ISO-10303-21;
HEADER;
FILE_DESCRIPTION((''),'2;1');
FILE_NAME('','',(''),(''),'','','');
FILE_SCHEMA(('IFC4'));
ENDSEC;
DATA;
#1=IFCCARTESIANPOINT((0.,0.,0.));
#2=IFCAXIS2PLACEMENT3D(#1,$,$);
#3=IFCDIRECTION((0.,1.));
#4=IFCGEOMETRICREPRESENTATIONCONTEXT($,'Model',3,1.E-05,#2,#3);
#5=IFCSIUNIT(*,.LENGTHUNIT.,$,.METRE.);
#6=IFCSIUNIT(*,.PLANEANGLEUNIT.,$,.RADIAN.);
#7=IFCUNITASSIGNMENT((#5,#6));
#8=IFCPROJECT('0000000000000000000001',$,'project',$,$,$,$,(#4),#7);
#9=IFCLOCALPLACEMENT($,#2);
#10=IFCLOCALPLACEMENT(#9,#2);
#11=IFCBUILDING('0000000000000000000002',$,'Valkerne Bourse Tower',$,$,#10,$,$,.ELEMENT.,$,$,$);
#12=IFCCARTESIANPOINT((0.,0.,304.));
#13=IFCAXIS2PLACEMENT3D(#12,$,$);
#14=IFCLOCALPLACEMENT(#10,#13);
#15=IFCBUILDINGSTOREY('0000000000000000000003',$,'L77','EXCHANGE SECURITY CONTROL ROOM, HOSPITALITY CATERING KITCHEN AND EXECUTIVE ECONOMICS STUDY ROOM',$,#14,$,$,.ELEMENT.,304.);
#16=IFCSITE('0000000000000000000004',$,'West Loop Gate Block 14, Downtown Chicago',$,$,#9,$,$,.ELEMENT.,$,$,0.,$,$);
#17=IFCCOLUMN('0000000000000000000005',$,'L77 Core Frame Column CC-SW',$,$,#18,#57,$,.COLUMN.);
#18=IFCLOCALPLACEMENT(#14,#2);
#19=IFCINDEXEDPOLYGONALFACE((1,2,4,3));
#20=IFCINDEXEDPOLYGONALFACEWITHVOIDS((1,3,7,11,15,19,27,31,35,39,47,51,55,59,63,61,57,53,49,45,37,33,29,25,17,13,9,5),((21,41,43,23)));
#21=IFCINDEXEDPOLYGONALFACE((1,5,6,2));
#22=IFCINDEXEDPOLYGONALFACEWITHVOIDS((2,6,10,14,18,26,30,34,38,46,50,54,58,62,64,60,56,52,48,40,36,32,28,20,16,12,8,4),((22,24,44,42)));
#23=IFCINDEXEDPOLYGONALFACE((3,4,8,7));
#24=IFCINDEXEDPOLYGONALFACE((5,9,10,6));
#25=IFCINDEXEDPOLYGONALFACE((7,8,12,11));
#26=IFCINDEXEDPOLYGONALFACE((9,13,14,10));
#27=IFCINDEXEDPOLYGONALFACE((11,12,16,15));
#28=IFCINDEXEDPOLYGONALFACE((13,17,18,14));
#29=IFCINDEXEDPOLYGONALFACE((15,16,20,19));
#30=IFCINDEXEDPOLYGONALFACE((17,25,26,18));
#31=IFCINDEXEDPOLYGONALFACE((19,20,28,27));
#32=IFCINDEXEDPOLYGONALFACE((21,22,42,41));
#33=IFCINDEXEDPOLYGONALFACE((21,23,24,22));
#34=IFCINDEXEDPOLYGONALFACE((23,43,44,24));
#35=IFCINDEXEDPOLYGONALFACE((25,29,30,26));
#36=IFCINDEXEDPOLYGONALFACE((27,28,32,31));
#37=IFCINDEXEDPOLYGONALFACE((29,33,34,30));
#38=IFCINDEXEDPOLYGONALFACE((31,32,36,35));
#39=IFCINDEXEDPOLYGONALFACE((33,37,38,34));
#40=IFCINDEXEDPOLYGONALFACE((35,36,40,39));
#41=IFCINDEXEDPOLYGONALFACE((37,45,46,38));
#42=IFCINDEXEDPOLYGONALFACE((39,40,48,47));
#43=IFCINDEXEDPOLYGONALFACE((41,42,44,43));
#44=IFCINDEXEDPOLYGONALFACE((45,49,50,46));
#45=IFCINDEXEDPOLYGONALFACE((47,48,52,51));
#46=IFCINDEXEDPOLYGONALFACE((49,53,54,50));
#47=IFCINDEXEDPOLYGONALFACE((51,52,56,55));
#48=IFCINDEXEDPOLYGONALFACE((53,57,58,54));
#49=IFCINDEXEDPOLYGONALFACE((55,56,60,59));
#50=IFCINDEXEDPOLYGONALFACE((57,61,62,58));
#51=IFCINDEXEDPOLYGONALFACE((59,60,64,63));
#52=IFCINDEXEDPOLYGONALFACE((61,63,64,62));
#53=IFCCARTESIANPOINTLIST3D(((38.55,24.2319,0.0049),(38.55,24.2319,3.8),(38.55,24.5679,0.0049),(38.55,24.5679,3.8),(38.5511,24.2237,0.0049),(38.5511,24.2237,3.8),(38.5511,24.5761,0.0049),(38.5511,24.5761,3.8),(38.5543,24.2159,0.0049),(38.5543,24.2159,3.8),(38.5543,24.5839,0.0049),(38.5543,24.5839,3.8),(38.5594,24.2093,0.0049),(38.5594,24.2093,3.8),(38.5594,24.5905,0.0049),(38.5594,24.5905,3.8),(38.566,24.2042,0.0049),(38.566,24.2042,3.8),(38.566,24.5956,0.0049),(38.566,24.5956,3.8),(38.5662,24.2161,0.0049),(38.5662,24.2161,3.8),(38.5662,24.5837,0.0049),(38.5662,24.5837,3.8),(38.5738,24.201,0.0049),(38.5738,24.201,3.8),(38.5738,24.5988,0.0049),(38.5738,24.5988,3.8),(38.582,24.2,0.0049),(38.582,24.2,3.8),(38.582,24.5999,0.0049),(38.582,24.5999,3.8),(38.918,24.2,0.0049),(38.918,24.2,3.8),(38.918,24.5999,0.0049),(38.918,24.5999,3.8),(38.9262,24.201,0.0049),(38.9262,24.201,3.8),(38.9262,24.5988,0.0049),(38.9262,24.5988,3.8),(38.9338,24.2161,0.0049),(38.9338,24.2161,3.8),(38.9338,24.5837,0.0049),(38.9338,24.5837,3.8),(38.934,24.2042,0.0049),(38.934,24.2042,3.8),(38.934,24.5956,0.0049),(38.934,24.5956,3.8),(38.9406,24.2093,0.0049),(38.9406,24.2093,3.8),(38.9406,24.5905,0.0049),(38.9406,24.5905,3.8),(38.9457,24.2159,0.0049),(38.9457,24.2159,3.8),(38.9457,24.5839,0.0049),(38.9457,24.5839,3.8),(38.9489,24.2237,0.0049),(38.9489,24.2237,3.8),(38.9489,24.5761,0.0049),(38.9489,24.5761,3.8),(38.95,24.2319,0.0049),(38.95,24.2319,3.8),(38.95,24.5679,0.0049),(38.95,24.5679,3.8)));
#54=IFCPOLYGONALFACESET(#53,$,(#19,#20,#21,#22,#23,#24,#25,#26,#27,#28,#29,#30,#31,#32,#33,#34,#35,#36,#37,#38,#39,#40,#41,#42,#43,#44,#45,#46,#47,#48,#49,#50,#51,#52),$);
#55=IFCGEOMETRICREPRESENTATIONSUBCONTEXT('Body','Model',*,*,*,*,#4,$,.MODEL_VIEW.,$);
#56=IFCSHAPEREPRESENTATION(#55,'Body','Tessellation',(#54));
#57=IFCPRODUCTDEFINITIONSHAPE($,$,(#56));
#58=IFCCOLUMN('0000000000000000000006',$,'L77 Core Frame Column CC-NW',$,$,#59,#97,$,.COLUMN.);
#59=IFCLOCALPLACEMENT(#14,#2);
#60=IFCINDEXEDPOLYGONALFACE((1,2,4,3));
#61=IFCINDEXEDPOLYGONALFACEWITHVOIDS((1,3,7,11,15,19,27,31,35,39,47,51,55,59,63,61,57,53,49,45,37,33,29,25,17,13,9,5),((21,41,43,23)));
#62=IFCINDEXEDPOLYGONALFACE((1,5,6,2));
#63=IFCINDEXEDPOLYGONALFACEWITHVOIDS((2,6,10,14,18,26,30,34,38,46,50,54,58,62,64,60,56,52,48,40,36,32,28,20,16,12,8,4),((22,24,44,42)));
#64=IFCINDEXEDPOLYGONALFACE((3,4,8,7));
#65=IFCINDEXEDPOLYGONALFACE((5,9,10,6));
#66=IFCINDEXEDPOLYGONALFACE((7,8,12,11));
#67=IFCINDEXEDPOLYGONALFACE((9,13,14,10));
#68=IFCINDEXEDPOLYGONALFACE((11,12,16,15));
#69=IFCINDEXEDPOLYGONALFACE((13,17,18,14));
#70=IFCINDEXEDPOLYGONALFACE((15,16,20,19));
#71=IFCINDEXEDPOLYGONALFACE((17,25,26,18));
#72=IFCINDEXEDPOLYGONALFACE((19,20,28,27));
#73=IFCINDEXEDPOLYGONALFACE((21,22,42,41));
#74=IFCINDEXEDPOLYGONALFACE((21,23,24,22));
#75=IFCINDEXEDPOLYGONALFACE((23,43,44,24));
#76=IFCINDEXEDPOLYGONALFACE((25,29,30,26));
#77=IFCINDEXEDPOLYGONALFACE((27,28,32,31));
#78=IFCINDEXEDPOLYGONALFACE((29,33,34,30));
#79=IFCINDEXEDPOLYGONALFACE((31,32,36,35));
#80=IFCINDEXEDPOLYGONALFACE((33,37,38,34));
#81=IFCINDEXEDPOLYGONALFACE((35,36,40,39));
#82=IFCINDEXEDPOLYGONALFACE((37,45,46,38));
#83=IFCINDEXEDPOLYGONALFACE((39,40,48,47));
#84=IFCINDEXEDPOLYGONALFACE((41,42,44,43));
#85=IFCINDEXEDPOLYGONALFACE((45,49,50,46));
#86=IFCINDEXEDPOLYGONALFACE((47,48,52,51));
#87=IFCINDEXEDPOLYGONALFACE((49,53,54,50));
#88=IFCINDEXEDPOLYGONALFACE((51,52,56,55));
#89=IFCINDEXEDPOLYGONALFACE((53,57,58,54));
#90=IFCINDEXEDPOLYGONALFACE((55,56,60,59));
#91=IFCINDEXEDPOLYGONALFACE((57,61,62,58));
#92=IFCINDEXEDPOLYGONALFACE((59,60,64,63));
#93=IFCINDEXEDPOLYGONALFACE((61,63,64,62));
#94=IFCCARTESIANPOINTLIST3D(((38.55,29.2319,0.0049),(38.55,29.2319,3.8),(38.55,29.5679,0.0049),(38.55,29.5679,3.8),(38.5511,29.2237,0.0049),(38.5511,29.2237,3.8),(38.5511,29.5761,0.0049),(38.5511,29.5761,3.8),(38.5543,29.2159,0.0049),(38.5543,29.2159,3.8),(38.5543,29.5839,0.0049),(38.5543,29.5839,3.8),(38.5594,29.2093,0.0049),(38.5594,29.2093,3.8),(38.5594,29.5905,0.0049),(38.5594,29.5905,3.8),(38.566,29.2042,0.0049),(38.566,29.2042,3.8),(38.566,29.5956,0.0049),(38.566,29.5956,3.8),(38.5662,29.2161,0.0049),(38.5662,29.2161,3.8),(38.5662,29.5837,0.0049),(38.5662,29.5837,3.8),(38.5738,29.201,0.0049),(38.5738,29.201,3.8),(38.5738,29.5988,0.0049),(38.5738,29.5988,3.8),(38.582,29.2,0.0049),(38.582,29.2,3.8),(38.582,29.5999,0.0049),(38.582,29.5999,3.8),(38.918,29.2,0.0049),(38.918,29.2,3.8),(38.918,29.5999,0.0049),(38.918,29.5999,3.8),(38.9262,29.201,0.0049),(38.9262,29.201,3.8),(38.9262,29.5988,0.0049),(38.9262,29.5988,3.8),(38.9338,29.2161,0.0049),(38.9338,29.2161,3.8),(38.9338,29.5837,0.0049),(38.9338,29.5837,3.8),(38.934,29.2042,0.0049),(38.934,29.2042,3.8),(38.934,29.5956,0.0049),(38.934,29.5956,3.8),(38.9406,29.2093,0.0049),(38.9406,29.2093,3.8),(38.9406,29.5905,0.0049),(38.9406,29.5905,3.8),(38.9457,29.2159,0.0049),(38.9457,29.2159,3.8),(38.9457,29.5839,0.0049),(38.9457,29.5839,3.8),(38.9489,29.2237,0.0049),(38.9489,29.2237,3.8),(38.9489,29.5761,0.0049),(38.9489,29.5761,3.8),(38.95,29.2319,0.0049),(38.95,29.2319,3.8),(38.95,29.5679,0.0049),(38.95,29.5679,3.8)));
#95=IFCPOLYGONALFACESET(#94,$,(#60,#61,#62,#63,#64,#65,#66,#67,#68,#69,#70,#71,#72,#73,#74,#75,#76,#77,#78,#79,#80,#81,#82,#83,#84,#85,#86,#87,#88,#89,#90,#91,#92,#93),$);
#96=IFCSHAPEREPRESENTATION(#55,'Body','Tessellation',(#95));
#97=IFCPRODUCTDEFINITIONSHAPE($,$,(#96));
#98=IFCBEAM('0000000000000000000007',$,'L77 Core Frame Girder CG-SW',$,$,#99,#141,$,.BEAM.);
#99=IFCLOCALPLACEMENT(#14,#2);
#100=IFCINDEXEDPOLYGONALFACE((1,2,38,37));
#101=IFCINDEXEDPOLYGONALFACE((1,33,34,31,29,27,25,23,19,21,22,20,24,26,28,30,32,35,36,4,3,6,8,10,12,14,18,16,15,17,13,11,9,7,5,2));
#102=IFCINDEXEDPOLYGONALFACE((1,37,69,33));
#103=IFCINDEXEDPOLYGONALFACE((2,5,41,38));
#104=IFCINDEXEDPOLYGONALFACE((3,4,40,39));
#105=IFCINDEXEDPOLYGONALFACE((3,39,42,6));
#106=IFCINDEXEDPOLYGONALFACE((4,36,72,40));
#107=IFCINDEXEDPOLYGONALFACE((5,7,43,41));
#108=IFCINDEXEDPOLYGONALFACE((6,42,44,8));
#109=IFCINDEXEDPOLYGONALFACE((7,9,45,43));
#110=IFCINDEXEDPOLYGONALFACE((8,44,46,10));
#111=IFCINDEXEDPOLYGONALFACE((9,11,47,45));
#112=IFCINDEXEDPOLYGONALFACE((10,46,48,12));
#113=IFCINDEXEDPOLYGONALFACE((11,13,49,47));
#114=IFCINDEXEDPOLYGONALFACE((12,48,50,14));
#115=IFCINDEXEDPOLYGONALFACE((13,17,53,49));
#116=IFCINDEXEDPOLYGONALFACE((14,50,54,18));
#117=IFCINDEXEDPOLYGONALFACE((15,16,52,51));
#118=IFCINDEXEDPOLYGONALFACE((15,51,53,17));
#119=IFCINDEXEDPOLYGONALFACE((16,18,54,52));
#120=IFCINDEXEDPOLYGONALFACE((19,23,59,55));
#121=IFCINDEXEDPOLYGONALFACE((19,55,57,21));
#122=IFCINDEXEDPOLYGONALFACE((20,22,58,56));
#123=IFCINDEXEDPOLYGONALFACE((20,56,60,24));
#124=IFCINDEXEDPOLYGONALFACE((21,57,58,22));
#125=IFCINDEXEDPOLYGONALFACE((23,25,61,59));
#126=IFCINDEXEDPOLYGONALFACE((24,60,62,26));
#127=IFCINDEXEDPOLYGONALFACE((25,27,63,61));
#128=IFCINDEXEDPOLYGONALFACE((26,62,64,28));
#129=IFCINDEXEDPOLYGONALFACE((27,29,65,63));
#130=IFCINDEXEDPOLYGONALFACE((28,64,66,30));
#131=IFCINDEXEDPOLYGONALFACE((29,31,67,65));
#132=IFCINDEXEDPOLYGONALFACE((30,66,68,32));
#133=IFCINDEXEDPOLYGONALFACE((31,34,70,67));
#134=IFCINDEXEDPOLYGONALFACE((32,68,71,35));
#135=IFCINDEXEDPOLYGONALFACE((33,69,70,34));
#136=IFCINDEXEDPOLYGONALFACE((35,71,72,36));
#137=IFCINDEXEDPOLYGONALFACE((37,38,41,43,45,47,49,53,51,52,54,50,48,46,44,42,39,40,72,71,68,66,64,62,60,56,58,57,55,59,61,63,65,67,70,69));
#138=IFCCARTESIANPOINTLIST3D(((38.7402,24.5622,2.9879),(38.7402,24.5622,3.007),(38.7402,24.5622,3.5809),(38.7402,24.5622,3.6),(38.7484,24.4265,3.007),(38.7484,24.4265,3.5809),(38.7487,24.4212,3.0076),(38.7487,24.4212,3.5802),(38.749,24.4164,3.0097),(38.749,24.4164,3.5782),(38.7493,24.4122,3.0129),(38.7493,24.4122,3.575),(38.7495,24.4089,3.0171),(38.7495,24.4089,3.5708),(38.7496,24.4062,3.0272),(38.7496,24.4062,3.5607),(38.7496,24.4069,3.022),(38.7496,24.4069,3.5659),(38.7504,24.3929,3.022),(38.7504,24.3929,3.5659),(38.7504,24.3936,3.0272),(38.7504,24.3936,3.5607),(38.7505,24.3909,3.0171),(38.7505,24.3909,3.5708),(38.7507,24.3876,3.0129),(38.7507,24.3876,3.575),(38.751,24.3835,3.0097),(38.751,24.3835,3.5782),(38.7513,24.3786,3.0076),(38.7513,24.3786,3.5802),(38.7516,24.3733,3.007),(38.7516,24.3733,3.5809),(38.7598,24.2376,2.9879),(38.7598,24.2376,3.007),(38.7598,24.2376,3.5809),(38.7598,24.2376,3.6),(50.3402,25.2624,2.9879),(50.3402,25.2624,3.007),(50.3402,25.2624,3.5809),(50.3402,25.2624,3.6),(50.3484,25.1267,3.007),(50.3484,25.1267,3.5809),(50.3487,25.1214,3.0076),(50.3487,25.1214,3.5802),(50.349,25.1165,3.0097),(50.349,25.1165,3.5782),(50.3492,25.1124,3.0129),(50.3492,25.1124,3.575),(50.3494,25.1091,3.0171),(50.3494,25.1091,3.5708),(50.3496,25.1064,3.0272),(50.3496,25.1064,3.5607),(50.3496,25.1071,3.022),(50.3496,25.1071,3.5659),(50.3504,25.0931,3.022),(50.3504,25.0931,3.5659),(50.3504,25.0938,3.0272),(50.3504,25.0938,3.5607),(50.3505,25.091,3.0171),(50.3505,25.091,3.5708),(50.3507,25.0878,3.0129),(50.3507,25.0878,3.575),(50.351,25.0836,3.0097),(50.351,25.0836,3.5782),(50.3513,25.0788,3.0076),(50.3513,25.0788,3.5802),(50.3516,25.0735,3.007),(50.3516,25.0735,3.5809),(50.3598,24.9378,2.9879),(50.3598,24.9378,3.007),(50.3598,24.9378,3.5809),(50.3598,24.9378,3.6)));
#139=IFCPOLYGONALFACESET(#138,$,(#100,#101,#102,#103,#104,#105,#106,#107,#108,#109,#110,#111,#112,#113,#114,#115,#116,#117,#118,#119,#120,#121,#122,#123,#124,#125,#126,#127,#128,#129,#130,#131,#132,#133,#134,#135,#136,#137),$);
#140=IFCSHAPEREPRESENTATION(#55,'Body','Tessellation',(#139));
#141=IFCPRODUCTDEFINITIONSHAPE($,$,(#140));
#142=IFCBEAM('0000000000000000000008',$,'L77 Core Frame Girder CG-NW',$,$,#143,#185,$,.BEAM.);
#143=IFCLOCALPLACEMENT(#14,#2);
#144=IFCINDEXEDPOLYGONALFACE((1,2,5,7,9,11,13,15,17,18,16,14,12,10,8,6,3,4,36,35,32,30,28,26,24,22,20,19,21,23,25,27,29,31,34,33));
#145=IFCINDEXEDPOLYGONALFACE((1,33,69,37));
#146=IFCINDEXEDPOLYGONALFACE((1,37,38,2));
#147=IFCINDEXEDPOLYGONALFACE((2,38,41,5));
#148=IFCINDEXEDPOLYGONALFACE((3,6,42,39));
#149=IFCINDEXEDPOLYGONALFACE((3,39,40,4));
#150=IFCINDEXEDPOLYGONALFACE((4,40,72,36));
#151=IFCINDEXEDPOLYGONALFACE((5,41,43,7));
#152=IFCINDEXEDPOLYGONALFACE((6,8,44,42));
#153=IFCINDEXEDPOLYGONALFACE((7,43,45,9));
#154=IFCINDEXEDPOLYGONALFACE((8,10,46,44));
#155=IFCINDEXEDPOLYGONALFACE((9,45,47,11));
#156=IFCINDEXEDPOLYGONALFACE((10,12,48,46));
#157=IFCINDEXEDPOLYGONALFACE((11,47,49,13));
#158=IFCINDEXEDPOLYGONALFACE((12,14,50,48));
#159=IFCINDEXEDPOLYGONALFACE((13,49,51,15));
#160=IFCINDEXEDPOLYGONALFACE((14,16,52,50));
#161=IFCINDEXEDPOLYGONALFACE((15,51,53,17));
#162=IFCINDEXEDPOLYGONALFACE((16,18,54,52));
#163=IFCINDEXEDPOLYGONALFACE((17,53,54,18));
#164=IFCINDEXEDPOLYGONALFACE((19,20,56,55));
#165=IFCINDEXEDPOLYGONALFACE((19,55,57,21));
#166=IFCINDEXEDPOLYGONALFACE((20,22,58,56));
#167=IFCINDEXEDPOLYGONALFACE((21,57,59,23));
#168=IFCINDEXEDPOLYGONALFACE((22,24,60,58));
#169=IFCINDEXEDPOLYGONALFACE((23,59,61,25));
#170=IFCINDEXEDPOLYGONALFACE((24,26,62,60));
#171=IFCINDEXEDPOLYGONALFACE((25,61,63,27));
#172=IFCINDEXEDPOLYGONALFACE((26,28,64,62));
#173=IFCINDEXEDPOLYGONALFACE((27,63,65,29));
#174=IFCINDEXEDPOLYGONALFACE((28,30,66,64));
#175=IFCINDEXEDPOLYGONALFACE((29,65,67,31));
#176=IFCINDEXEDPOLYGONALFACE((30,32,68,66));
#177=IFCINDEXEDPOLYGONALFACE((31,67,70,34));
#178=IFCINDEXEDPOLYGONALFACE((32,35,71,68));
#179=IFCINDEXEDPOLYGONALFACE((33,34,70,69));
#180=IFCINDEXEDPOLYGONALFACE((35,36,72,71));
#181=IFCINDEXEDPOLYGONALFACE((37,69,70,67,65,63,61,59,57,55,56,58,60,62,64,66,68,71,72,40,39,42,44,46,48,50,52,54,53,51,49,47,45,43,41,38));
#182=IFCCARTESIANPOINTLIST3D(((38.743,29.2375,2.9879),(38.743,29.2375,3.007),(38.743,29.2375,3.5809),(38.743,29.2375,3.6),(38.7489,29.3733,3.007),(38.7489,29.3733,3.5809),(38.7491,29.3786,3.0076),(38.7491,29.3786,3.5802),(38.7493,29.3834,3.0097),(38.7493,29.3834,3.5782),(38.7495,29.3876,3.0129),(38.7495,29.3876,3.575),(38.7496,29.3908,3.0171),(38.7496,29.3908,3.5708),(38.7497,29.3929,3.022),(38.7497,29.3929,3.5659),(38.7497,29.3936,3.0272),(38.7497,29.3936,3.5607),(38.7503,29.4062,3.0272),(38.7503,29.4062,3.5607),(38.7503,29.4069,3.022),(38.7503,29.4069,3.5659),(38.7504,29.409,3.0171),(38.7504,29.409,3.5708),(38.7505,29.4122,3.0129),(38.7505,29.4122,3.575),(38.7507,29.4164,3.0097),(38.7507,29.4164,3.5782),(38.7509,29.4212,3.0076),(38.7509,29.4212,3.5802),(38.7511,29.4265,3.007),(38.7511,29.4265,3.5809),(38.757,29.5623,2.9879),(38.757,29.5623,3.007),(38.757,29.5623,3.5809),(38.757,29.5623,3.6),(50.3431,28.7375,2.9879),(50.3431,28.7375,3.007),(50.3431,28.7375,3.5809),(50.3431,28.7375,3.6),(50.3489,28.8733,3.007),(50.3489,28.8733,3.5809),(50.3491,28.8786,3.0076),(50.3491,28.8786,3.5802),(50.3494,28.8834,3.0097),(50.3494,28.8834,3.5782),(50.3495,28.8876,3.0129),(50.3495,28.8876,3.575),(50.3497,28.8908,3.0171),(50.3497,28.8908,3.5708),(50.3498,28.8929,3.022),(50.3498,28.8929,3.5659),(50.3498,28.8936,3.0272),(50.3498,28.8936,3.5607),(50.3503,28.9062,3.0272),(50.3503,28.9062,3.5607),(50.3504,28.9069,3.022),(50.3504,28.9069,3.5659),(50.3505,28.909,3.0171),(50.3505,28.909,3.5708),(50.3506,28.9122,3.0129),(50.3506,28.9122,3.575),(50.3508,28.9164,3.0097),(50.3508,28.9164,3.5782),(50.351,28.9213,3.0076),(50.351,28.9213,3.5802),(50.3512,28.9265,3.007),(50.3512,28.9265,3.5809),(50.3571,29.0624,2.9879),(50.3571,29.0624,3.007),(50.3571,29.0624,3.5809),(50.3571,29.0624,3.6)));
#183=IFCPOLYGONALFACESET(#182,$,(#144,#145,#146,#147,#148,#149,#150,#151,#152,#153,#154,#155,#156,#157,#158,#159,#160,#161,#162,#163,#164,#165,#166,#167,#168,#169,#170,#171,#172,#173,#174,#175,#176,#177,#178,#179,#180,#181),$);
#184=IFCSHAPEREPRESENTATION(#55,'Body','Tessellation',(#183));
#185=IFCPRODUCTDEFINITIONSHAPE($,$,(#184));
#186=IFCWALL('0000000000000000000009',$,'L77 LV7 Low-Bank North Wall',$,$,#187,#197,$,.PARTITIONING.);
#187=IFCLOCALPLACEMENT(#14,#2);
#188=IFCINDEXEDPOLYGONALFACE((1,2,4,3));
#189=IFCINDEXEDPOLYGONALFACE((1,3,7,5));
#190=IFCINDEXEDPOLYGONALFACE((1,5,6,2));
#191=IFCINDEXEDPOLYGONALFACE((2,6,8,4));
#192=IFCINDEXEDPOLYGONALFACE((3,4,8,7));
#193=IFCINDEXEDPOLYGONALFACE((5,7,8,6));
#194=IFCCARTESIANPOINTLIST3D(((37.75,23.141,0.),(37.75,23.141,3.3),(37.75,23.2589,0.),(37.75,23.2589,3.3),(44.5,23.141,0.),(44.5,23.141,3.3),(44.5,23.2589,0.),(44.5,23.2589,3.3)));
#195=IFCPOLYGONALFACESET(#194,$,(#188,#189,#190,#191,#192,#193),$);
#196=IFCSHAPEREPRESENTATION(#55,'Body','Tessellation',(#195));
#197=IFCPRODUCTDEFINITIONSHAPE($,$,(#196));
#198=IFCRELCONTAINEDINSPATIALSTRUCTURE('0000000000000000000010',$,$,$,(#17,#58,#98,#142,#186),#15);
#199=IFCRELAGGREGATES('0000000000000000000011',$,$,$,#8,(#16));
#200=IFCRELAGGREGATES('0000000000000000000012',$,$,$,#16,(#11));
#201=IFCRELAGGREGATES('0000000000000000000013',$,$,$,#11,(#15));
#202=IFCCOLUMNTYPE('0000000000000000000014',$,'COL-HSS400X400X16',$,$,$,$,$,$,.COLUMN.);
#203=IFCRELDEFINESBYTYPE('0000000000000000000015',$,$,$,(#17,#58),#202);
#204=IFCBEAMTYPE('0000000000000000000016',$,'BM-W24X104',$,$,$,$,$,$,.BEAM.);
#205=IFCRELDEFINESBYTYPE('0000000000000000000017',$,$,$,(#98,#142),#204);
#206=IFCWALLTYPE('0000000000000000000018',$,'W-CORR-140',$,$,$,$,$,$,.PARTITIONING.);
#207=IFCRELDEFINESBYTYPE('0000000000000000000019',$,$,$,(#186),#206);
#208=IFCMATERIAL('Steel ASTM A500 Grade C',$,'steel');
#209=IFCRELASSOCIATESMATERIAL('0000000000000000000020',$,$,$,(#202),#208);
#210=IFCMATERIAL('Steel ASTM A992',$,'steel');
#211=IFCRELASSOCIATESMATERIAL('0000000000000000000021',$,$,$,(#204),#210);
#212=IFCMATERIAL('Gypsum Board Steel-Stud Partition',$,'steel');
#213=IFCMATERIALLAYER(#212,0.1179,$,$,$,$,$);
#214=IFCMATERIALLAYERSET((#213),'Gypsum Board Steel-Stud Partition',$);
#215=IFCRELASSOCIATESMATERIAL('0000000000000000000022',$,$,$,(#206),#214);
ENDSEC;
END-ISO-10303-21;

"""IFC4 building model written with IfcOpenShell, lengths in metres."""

from ifc_helpers import new_model, si_unit, direction, frame, frame_2d, origin, origin_2d, place, context, subcontext, project, spatial, rectangle, hollow_rectangle, i_section, extrude, material, layer, layer_set, material_profile, profile_set, type_object, element, save


model = new_model("IFC4")

# Units and contexts
model_context = context("Model", 3, precision=1e-05, world=origin(), true_north=direction((0.0, 1.0)))
body_context = subcontext(model_context, "Body", "Model", "MODEL_VIEW")
ifc_project = project(units=[si_unit("LENGTHUNIT", "METRE"), si_unit("PLANEANGLEUNIT", "RADIAN")], contexts=[model_context])

# Site, building, storey
site_placement = place(None, origin())
site = spatial("IfcSite", under=ifc_project, at=site_placement, Name="West Loop Gate Block 14, Downtown Chicago", CompositionType="ELEMENT", RefElevation=0.0)
building_placement = place(site_placement, origin())
building = spatial("IfcBuilding", under=site, at=building_placement, Name="Valkerne Bourse Tower", CompositionType="ELEMENT")
storey_placement = place(building_placement, frame((0.0, 0.0, 304.0)))
storey = spatial("IfcBuildingStorey", under=building, at=storey_placement, Name="L77", Description="EXCHANGE SECURITY CONTROL ROOM, HOSPITALITY CATERING KITCHEN AND EXECUTIVE ECONOMICS STUDY ROOM", CompositionType="ELEMENT", Elevation=304.0)

# Columns
ifc_material_1 = material(Name="Steel ASTM A500 Grade C", Category="steel")
ifc_material_profile_1 = material_profile(ifc_material_1, hollow_rectangle(XDim=0.3999, YDim=0.3999, WallThickness=0.0161, OuterFilletRadius=0.032, at=origin_2d()), Name="HSS400X400X16")
ifc_profile_set_1 = profile_set([ifc_material_profile_1], Name="Steel ASTM A500 Grade C")
column_type = type_object("IfcColumnType", Name="COL-HSS400X400X16", PredefinedType="COLUMN", material=ifc_profile_set_1)
for number, where, z_axis, x_axis, name in (
    (1, (38.75, 24.3999, 0.0049), (0.0, 0.0, 1.0), (1.0, 0.0, 0.0), "L77 Core Frame Column CC-SW"),
    (2, (38.75, 29.3999, 0.0049), (0.0, 0.0, 1.0), (1.0, 0.0, 0.0), "L77 Core Frame Column CC-NW"),
):
    element("IfcColumn", number, at=place(storey_placement, frame(where, z_axis=z_axis, x_axis=x_axis)), inside=storey, type_object=column_type, Name=name, PredefinedType="COLUMN", context=body_context, shape_type="SweptSolid", body=[
        extrude(hollow_rectangle(XDim=0.3999, YDim=0.3999, WallThickness=0.0161, OuterFilletRadius=0.032, at=origin_2d()), origin(), (0.0, 0.0, 1.0), 3.7952),
    ])

# Beams
ifc_material_2 = material(Name="Steel ASTM A992", Category="steel")
ifc_material_profile_2 = material_profile(ifc_material_2, i_section(OverallWidth=0.3252, OverallDepth=0.6121, WebThickness=0.0127, FlangeThickness=0.019, FilletRadius=0.0203, at=origin_2d()), Name="W24X104")
ifc_profile_set_2 = profile_set([ifc_material_profile_2], Name="Steel ASTM A992")
beam_type = type_object("IfcBeamType", Name="BM-W24X104", PredefinedType="BEAM", material=ifc_profile_set_2)
beam_1_placement = place(storey_placement, frame((38.75, 24.3999, 3.2939), z_axis=(0.998183, 0.060251, 0.0), x_axis=(-0.060251, 0.998183, 0.0)))
element("IfcBeam", 3, at=beam_1_placement, inside=storey, type_object=beam_type, Name="L77 Core Frame Girder CG-SW", PredefinedType="BEAM", context=body_context, shape_type="SweptSolid", body=[
    extrude(i_section(OverallWidth=0.3252, OverallDepth=0.6121, WebThickness=0.0127, FlangeThickness=0.019, FilletRadius=0.0203, at=origin_2d()), origin(), (0.0, 0.0, 1.0), 11.6211),
])
beam_2_placement = place(storey_placement, frame((38.75, 29.3999, 3.2939), z_axis=(0.999072, -0.043063, 0.0), x_axis=(0.043063, 0.999072, 0.0)))
element("IfcBeam", 4, at=beam_2_placement, inside=storey, type_object=beam_type, Name="L77 Core Frame Girder CG-NW", PredefinedType="BEAM", context=body_context, shape_type="SweptSolid", body=[
    extrude(i_section(OverallWidth=0.3252, OverallDepth=0.6121, WebThickness=0.0127, FlangeThickness=0.019, FilletRadius=0.0203, at=origin_2d()), origin(), (0.0, 0.0, 1.0), 11.6108),
])

# Wall
ifc_material_3 = material(Name="Gypsum Board Steel-Stud Partition", Category="steel")
ifc_layer_1 = layer(ifc_material_3, 0.1179)
ifc_layer_set_1 = layer_set([ifc_layer_1], Name="Gypsum Board Steel-Stud Partition")
wall_type_1 = type_object("IfcWallType", Name="W-CORR-140", PredefinedType="PARTITIONING", material=ifc_layer_set_1)
wall_1_placement = place(storey_placement, frame((37.75, 23.2, 0.0), z_axis=(0.0, 0.0, 1.0), x_axis=(1.0, 0.0, 0.0)))
element("IfcWall", 5, at=wall_1_placement, inside=storey, type_object=wall_type_1, Name="L77 LV7 Low-Bank North Wall", PredefinedType="PARTITIONING", context=body_context, shape_type="SweptSolid", body=[
    extrude(rectangle(XDim=6.75, YDim=0.1179, at=frame_2d((3.375, 0.0))), origin(), (0.0, 0.0, 1.0), 3.3),
])

save(model, "model.ifc")
